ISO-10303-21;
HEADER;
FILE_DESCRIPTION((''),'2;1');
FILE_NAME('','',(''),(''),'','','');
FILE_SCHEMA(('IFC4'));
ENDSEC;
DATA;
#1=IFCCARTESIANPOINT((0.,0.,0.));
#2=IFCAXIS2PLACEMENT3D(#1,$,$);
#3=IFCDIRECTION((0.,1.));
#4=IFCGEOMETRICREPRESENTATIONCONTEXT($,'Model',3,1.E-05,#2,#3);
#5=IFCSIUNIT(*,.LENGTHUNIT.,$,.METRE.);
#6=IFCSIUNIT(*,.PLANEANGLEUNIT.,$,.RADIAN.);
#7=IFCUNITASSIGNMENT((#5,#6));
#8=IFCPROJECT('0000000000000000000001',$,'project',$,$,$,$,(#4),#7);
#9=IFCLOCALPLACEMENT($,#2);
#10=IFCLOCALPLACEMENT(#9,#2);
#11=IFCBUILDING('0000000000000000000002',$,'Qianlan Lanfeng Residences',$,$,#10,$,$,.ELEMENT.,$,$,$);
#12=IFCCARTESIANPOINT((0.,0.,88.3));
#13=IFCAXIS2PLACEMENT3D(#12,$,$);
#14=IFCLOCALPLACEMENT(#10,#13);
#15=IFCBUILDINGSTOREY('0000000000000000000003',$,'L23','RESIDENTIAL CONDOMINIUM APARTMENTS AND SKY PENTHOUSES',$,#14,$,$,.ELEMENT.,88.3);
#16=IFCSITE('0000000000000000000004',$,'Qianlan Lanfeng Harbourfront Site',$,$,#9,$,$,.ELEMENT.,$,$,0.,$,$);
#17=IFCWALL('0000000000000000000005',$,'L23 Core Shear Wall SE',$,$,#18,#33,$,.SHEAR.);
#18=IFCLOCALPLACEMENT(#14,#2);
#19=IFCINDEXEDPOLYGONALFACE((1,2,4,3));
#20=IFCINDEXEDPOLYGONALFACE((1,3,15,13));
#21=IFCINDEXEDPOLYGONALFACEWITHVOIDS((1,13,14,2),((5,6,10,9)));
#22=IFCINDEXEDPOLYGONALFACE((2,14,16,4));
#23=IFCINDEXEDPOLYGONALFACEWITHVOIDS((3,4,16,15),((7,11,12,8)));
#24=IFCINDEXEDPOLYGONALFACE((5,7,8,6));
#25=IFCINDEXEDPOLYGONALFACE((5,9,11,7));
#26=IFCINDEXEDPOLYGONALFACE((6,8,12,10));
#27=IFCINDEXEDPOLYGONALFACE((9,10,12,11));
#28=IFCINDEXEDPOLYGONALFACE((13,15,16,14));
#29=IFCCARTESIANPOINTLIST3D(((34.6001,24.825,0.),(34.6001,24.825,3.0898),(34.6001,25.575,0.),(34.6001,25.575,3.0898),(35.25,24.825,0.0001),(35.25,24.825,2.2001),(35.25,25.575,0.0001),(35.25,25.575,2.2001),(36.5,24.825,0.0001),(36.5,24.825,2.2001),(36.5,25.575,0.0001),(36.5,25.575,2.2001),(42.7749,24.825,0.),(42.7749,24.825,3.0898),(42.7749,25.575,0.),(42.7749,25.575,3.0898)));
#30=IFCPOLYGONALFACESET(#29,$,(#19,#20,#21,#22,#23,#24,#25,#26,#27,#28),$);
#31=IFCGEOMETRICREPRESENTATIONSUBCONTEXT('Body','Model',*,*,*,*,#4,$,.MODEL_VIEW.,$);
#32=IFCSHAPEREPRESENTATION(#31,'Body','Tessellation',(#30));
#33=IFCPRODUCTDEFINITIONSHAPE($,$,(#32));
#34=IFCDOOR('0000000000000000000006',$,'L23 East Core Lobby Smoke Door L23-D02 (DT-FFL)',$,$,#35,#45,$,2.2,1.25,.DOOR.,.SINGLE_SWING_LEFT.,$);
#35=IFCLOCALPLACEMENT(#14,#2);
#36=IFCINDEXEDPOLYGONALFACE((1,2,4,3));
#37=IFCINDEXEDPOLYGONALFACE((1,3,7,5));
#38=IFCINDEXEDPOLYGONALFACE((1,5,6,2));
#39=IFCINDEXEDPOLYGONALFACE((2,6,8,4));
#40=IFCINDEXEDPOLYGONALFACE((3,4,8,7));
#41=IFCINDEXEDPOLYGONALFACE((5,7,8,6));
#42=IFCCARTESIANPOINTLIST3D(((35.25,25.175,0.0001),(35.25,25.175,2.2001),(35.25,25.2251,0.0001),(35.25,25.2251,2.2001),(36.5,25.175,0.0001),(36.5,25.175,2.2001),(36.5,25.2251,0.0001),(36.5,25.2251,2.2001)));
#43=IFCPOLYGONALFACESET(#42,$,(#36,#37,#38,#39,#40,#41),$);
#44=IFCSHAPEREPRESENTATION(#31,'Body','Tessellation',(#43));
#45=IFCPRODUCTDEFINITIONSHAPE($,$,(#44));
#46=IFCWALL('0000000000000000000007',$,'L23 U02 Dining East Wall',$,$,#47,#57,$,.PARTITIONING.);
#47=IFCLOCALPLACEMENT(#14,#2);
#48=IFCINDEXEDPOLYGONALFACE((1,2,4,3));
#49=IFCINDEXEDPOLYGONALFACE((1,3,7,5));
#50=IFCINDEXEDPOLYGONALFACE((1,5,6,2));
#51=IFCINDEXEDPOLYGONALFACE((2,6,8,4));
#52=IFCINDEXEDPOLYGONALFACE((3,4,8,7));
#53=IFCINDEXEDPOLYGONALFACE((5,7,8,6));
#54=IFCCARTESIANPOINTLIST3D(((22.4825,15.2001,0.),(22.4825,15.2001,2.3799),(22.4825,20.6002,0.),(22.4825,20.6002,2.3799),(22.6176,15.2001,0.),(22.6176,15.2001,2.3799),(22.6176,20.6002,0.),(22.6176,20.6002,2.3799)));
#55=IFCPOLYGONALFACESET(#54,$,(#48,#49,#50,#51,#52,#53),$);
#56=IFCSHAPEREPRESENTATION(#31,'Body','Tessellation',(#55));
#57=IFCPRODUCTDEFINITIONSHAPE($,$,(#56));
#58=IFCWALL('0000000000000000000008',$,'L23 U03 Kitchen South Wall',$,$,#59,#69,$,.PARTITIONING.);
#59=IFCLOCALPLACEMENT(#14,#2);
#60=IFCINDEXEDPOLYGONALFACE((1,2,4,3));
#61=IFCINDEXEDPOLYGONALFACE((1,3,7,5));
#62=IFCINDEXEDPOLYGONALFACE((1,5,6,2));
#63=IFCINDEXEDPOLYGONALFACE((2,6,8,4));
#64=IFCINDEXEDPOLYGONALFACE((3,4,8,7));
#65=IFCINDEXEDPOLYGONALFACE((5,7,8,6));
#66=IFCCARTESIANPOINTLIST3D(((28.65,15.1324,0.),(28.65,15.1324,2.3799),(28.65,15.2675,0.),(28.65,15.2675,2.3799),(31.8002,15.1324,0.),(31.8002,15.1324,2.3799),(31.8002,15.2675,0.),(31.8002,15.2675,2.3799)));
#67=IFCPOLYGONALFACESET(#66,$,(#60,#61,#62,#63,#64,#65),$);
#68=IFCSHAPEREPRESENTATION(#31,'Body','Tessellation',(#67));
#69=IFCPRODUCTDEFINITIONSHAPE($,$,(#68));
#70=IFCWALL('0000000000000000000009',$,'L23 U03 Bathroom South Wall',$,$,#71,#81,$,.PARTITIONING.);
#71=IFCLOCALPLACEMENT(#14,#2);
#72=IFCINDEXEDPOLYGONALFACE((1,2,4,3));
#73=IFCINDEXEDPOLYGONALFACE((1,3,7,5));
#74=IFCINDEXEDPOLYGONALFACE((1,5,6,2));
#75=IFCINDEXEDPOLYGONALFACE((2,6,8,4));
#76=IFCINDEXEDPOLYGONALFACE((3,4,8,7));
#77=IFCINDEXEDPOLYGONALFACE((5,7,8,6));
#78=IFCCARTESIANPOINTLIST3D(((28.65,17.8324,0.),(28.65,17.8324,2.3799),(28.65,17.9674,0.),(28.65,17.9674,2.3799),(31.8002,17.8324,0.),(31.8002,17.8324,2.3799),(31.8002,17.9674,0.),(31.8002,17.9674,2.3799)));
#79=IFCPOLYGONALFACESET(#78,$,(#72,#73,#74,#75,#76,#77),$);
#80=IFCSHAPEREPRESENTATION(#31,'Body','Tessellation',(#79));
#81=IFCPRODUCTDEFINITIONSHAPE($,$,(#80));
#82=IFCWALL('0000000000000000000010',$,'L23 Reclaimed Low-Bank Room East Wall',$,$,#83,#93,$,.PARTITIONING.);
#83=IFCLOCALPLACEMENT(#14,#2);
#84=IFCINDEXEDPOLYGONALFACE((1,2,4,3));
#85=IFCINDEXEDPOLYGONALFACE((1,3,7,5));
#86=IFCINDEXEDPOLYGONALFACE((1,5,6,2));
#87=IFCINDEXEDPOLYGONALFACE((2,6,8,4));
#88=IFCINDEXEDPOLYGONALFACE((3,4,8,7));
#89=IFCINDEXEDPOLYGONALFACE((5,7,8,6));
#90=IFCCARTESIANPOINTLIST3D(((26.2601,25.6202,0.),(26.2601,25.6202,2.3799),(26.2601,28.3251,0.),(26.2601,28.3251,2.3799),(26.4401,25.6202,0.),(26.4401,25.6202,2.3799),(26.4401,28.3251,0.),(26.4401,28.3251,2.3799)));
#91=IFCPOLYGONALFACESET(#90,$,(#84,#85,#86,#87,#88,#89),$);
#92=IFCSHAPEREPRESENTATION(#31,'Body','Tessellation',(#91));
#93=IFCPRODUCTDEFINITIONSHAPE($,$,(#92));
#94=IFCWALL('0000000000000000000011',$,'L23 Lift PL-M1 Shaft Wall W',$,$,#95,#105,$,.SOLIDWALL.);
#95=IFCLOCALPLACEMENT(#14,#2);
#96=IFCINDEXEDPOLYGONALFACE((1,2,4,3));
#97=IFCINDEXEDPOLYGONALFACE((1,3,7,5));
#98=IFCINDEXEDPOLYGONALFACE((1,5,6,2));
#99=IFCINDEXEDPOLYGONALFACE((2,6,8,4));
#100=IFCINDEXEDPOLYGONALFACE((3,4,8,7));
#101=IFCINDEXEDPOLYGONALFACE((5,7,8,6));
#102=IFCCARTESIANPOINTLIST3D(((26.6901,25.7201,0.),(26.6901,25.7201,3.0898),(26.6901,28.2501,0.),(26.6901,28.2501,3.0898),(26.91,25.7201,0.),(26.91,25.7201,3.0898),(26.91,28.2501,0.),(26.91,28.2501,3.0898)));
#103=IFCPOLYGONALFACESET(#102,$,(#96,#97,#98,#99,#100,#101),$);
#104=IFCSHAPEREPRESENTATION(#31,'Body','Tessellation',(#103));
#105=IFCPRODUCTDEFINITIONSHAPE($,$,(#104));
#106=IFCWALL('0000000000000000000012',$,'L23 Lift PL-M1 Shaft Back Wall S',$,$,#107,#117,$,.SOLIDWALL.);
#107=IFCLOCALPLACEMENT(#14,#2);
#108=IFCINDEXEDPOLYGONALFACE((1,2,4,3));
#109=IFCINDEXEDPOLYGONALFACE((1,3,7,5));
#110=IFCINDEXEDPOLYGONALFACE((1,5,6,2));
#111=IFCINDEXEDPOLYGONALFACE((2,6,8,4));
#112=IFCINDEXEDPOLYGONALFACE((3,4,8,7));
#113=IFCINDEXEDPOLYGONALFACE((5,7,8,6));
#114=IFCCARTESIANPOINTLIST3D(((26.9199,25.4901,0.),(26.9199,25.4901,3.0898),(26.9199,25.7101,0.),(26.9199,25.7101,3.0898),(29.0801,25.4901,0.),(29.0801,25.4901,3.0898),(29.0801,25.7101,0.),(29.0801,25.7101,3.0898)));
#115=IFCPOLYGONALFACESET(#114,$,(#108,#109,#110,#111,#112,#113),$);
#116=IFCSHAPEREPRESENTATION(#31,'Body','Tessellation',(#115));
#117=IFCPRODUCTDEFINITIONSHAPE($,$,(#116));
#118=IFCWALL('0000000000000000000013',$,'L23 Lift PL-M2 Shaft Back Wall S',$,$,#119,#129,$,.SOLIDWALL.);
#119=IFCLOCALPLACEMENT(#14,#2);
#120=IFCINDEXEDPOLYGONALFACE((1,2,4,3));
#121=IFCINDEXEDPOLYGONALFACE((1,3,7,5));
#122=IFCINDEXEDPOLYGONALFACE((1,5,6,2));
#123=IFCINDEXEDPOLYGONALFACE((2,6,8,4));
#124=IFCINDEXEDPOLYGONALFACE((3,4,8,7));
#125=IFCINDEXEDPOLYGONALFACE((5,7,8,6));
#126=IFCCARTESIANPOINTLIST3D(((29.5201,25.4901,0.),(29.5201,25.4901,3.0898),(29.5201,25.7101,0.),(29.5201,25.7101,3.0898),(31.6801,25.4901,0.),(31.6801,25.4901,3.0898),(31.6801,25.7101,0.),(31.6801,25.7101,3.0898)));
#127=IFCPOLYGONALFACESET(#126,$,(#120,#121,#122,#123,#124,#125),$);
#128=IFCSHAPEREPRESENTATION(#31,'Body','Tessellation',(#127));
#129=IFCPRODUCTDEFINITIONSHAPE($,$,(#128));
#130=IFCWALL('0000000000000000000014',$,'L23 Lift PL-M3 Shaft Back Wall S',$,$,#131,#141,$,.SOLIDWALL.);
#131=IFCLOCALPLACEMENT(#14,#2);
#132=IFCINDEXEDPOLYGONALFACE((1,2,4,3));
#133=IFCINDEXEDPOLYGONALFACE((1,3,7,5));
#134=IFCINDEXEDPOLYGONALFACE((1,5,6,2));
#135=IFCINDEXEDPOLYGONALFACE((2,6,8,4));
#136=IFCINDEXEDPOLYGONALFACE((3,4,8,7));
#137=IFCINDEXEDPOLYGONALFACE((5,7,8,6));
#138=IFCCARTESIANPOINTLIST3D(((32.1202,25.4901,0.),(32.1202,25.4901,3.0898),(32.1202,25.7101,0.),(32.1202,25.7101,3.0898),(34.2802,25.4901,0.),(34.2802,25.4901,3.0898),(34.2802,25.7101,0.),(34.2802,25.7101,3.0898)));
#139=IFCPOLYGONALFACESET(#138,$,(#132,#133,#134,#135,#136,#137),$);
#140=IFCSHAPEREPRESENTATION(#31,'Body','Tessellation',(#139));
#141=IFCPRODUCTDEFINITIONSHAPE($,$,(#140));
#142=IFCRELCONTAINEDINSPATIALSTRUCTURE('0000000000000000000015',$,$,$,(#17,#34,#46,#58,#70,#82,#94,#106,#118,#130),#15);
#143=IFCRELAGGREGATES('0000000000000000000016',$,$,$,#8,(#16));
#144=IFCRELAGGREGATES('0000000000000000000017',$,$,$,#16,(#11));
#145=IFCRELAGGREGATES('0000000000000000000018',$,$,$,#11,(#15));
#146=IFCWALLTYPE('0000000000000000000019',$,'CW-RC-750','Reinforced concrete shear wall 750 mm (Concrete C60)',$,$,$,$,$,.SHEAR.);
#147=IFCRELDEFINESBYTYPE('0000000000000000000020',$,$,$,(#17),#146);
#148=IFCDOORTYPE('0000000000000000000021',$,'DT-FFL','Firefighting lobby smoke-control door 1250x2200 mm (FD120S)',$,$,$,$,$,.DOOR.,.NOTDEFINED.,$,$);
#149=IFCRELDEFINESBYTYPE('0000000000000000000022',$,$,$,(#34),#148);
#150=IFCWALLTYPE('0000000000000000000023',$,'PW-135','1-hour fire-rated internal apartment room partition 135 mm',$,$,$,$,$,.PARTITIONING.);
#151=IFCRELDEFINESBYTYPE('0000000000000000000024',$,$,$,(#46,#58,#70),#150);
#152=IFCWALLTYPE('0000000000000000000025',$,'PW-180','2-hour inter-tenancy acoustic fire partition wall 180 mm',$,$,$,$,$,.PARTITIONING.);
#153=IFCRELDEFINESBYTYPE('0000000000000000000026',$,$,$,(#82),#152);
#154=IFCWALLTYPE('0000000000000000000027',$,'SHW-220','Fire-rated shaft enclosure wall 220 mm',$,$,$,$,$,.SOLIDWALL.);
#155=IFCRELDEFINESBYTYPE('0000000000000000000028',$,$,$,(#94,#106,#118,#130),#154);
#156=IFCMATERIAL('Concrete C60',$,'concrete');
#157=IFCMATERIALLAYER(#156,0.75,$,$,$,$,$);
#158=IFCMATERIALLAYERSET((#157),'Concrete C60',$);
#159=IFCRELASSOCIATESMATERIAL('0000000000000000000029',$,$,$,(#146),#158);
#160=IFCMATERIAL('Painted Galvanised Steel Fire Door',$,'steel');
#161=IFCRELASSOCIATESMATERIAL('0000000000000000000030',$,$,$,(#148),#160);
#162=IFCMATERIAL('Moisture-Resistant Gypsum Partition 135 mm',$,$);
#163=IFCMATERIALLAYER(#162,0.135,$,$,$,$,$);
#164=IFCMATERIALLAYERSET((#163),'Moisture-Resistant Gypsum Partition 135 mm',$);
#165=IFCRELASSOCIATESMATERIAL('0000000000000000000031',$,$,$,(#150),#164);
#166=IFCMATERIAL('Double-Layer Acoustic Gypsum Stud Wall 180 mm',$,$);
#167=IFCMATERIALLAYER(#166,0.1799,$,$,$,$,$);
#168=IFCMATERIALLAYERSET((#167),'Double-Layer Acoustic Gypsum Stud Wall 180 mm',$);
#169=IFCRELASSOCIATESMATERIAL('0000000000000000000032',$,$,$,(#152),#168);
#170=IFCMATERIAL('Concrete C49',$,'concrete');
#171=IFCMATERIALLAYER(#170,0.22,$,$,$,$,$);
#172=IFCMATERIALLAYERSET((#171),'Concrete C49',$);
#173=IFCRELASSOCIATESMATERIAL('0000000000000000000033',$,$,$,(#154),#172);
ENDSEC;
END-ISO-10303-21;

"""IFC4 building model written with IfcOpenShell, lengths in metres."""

from ifc_helpers import new_model, si_unit, direction, frame, frame_2d, origin, place, context, subcontext, project, spatial, rectangle, extrude, material, layer, layer_set, type_object, element, fill, save


model = new_model("IFC4")

# Units and contexts
model_context = context("Model", 3, precision=1e-05, world=origin(), true_north=direction((0.0, 1.0)))
body_context = subcontext(model_context, "Body", "Model", "MODEL_VIEW")
ifc_project = project(units=[si_unit("LENGTHUNIT", "METRE"), si_unit("PLANEANGLEUNIT", "RADIAN")], contexts=[model_context])

# Site, building, storey
site_placement = place(None, origin())
site = spatial("IfcSite", under=ifc_project, at=site_placement, Name="Qianlan Lanfeng Harbourfront Site", CompositionType="ELEMENT", RefElevation=0.0)
building_placement = place(site_placement, origin())
building = spatial("IfcBuilding", under=site, at=building_placement, Name="Qianlan Lanfeng Residences", CompositionType="ELEMENT")
storey_placement = place(building_placement, frame((0.0, 0.0, 88.3)))
storey = spatial("IfcBuildingStorey", under=building, at=storey_placement, Name="L23", Description="RESIDENTIAL CONDOMINIUM APARTMENTS AND SKY PENTHOUSES", CompositionType="ELEMENT", Elevation=88.3)

# Wall, opening, door
ifc_material_1 = material(Name="Concrete C60", Category="concrete")
ifc_layer_1 = layer(ifc_material_1, 0.75)
ifc_layer_set_1 = layer_set([ifc_layer_1], Name="Concrete C60")
wall_type_1 = type_object("IfcWallType", Name="CW-RC-750", Description="Reinforced concrete shear wall 750 mm (Concrete C60)", PredefinedType="SHEAR", material=ifc_layer_set_1)
wall_1_placement = place(storey_placement, frame((34.6001, 25.2, 0.0), z_axis=(0.0, 0.0, 1.0), x_axis=(1.0, 0.0, 0.0)))
wall_1 = element("IfcWall", 1, at=wall_1_placement, inside=storey, type_object=wall_type_1, Name="L23 Core Shear Wall SE", PredefinedType="SHEAR", context=body_context, shape_type="SweptSolid", body=[
    extrude(rectangle(XDim=8.1748, YDim=0.75, at=frame_2d((4.0874, 0.0))), origin(), (0.0, 0.0, 1.0), 3.0898),
])
opening_1_placement = place(wall_1_placement, frame((0.6499, 0.0, 0.0)))
opening_1 = element("IfcOpeningElement", 2, at=opening_1_placement, cuts=wall_1, PredefinedType="OPENING", context=body_context, shape_type="SweptSolid", body=[
    extrude(rectangle(XDim=1.25, YDim=2.2, at=frame_2d((0.625, 1.1001))), frame((0.0, 0.385, 0.0), z_axis=(0.0, -1.0, 0.0), x_axis=(1.0, 0.0, 0.0)), (0.0, 0.0, 1.0), 0.77),
])
ifc_material_2 = material(Name="Painted Galvanised Steel Fire Door", Category="steel")
door_type_1 = type_object("IfcDoorType", Name="DT-FFL", Description="Firefighting lobby smoke-control door 1250x2200 mm (FD120S)", OperationType="NOTDEFINED", PredefinedType="DOOR", material=ifc_material_2)
door_1_placement = place(opening_1_placement, frame((1.25, 0.0, 0.0), z_axis=(0.0, 0.0, 1.0), x_axis=(-1.0, 0.0, 0.0)))
door_1 = element("IfcDoor", 3, at=door_1_placement, inside=storey, type_object=door_type_1, Name="L23 East Core Lobby Smoke Door L23-D02 (DT-FFL)", OperationType="SINGLE_SWING_LEFT", OverallHeight=2.2, OverallWidth=1.25, PredefinedType="DOOR", context=body_context, shape_type="SweptSolid", body=[
    extrude(rectangle(XDim=1.25, YDim=2.2, at=frame_2d((0.625, 1.1001))), frame((0.0, 0.0249, 0.0), z_axis=(0.0, -1.0, 0.0), x_axis=(1.0, 0.0, 0.0)), (0.0, 0.0, 1.0), 0.05),
])
fill(opening_1, door_1)

# Walls
ifc_material_3 = material(Name="Moisture-Resistant Gypsum Partition 135 mm")
ifc_layer_2 = layer(ifc_material_3, 0.135)
ifc_layer_set_2 = layer_set([ifc_layer_2], Name="Moisture-Resistant Gypsum Partition 135 mm")
wall_type_2 = type_object("IfcWallType", Name="PW-135", Description="1-hour fire-rated internal apartment room partition 135 mm", PredefinedType="PARTITIONING", material=ifc_layer_set_2)
wall_2_placement = place(storey_placement, frame((22.55, 15.2, 0.0), z_axis=(0.0, 0.0, 1.0), x_axis=(0.0, 1.0, 0.0)))
element("IfcWall", 4, at=wall_2_placement, inside=storey, type_object=wall_type_2, Name="L23 U02 Dining East Wall", PredefinedType="PARTITIONING", context=body_context, shape_type="SweptSolid", body=[
    extrude(rectangle(XDim=5.4001, YDim=0.135, at=frame_2d((2.7002, 0.0))), origin(), (0.0, 0.0, 1.0), 2.3799),
])
for number, where, z_axis, x_axis, name in (
    (5, (28.6499, 15.2, 0.0), (0.0, 0.0, 1.0), (1.0, 0.0, 0.0), "L23 U03 Kitchen South Wall"),
    (6, (28.6499, 17.8999, 0.0), (0.0, 0.0, 1.0), (1.0, 0.0, 0.0), "L23 U03 Bathroom South Wall"),
):
    element("IfcWall", number, at=place(storey_placement, frame(where, z_axis=z_axis, x_axis=x_axis)), inside=storey, type_object=wall_type_2, Name=name, PredefinedType="PARTITIONING", context=body_context, shape_type="SweptSolid", body=[
        extrude(rectangle(XDim=3.1501, YDim=0.135, at=frame_2d((1.5752, 0.0))), origin(), (0.0, 0.0, 1.0), 2.3799),
    ])

# Shared definitions
ifc_material_4 = material(Name="Double-Layer Acoustic Gypsum Stud Wall 180 mm")
ifc_layer_3 = layer(ifc_material_4, 0.1799)
ifc_layer_set_3 = layer_set([ifc_layer_3], Name="Double-Layer Acoustic Gypsum Stud Wall 180 mm")
wall_type_3 = type_object("IfcWallType", Name="PW-180", Description="2-hour inter-tenancy acoustic fire partition wall 180 mm", PredefinedType="PARTITIONING", material=ifc_layer_set_3)

# Walls
wall_3_placement = place(storey_placement, frame((26.3501, 25.6201, 0.0), z_axis=(0.0, 0.0, 1.0), x_axis=(0.0, 1.0, 0.0)))
element("IfcWall", 7, at=wall_3_placement, inside=storey, type_object=wall_type_3, Name="L23 Reclaimed Low-Bank Room East Wall", PredefinedType="PARTITIONING", context=body_context, shape_type="SweptSolid", body=[
    extrude(rectangle(XDim=2.7048, YDim=0.1799, at=frame_2d((1.3525, 0.0))), origin(), (0.0, 0.0, 1.0), 2.3799),
])
ifc_material_5 = material(Name="Concrete C49", Category="concrete")
ifc_layer_4 = layer(ifc_material_5, 0.22)
ifc_layer_set_4 = layer_set([ifc_layer_4], Name="Concrete C49")
wall_type_4 = type_object("IfcWallType", Name="SHW-220", Description="Fire-rated shaft enclosure wall 220 mm", PredefinedType="SOLIDWALL", material=ifc_layer_set_4)
wall_4_placement = place(storey_placement, frame((26.8, 25.72, 0.0), z_axis=(0.0, 0.0, 1.0), x_axis=(0.0, 1.0, 0.0)))
element("IfcWall", 8, at=wall_4_placement, inside=storey, type_object=wall_type_4, Name="L23 Lift PL-M1 Shaft Wall W", PredefinedType="SOLIDWALL", context=body_context, shape_type="SweptSolid", body=[
    extrude(rectangle(XDim=2.53, YDim=0.22, at=frame_2d((1.2651, 0.0))), origin(), (0.0, 0.0, 1.0), 3.0898),
])
wall_5_placement = place(storey_placement, frame((26.9199, 25.6001, 0.0), z_axis=(0.0, 0.0, 1.0), x_axis=(1.0, 0.0, 0.0)))
element("IfcWall", 9, at=wall_5_placement, inside=storey, type_object=wall_type_4, Name="L23 Lift PL-M1 Shaft Back Wall S", PredefinedType="SOLIDWALL", context=body_context, shape_type="SweptSolid", body=[
    extrude(rectangle(XDim=2.1602, YDim=0.22, at=frame_2d((1.0801, 0.0))), origin(), (0.0, 0.0, 1.0), 3.0898),
])
for number, where, z_axis, x_axis, name in (
    (10, (29.52, 25.6001, 0.0), (0.0, 0.0, 1.0), (1.0, 0.0, 0.0), "L23 Lift PL-M2 Shaft Back Wall S"),
    (11, (32.1201, 25.6001, 0.0), (0.0, 0.0, 1.0), (1.0, 0.0, 0.0), "L23 Lift PL-M3 Shaft Back Wall S"),
):
    element("IfcWall", number, at=place(storey_placement, frame(where, z_axis=z_axis, x_axis=x_axis)), inside=storey, type_object=wall_type_4, Name=name, PredefinedType="SOLIDWALL", context=body_context, shape_type="SweptSolid", body=[
        extrude(rectangle(XDim=2.1599, YDim=0.22, at=frame_2d((1.0801, 0.0))), origin(), (0.0, 0.0, 1.0), 3.0898),
    ])

save(model, "model.ifc")
